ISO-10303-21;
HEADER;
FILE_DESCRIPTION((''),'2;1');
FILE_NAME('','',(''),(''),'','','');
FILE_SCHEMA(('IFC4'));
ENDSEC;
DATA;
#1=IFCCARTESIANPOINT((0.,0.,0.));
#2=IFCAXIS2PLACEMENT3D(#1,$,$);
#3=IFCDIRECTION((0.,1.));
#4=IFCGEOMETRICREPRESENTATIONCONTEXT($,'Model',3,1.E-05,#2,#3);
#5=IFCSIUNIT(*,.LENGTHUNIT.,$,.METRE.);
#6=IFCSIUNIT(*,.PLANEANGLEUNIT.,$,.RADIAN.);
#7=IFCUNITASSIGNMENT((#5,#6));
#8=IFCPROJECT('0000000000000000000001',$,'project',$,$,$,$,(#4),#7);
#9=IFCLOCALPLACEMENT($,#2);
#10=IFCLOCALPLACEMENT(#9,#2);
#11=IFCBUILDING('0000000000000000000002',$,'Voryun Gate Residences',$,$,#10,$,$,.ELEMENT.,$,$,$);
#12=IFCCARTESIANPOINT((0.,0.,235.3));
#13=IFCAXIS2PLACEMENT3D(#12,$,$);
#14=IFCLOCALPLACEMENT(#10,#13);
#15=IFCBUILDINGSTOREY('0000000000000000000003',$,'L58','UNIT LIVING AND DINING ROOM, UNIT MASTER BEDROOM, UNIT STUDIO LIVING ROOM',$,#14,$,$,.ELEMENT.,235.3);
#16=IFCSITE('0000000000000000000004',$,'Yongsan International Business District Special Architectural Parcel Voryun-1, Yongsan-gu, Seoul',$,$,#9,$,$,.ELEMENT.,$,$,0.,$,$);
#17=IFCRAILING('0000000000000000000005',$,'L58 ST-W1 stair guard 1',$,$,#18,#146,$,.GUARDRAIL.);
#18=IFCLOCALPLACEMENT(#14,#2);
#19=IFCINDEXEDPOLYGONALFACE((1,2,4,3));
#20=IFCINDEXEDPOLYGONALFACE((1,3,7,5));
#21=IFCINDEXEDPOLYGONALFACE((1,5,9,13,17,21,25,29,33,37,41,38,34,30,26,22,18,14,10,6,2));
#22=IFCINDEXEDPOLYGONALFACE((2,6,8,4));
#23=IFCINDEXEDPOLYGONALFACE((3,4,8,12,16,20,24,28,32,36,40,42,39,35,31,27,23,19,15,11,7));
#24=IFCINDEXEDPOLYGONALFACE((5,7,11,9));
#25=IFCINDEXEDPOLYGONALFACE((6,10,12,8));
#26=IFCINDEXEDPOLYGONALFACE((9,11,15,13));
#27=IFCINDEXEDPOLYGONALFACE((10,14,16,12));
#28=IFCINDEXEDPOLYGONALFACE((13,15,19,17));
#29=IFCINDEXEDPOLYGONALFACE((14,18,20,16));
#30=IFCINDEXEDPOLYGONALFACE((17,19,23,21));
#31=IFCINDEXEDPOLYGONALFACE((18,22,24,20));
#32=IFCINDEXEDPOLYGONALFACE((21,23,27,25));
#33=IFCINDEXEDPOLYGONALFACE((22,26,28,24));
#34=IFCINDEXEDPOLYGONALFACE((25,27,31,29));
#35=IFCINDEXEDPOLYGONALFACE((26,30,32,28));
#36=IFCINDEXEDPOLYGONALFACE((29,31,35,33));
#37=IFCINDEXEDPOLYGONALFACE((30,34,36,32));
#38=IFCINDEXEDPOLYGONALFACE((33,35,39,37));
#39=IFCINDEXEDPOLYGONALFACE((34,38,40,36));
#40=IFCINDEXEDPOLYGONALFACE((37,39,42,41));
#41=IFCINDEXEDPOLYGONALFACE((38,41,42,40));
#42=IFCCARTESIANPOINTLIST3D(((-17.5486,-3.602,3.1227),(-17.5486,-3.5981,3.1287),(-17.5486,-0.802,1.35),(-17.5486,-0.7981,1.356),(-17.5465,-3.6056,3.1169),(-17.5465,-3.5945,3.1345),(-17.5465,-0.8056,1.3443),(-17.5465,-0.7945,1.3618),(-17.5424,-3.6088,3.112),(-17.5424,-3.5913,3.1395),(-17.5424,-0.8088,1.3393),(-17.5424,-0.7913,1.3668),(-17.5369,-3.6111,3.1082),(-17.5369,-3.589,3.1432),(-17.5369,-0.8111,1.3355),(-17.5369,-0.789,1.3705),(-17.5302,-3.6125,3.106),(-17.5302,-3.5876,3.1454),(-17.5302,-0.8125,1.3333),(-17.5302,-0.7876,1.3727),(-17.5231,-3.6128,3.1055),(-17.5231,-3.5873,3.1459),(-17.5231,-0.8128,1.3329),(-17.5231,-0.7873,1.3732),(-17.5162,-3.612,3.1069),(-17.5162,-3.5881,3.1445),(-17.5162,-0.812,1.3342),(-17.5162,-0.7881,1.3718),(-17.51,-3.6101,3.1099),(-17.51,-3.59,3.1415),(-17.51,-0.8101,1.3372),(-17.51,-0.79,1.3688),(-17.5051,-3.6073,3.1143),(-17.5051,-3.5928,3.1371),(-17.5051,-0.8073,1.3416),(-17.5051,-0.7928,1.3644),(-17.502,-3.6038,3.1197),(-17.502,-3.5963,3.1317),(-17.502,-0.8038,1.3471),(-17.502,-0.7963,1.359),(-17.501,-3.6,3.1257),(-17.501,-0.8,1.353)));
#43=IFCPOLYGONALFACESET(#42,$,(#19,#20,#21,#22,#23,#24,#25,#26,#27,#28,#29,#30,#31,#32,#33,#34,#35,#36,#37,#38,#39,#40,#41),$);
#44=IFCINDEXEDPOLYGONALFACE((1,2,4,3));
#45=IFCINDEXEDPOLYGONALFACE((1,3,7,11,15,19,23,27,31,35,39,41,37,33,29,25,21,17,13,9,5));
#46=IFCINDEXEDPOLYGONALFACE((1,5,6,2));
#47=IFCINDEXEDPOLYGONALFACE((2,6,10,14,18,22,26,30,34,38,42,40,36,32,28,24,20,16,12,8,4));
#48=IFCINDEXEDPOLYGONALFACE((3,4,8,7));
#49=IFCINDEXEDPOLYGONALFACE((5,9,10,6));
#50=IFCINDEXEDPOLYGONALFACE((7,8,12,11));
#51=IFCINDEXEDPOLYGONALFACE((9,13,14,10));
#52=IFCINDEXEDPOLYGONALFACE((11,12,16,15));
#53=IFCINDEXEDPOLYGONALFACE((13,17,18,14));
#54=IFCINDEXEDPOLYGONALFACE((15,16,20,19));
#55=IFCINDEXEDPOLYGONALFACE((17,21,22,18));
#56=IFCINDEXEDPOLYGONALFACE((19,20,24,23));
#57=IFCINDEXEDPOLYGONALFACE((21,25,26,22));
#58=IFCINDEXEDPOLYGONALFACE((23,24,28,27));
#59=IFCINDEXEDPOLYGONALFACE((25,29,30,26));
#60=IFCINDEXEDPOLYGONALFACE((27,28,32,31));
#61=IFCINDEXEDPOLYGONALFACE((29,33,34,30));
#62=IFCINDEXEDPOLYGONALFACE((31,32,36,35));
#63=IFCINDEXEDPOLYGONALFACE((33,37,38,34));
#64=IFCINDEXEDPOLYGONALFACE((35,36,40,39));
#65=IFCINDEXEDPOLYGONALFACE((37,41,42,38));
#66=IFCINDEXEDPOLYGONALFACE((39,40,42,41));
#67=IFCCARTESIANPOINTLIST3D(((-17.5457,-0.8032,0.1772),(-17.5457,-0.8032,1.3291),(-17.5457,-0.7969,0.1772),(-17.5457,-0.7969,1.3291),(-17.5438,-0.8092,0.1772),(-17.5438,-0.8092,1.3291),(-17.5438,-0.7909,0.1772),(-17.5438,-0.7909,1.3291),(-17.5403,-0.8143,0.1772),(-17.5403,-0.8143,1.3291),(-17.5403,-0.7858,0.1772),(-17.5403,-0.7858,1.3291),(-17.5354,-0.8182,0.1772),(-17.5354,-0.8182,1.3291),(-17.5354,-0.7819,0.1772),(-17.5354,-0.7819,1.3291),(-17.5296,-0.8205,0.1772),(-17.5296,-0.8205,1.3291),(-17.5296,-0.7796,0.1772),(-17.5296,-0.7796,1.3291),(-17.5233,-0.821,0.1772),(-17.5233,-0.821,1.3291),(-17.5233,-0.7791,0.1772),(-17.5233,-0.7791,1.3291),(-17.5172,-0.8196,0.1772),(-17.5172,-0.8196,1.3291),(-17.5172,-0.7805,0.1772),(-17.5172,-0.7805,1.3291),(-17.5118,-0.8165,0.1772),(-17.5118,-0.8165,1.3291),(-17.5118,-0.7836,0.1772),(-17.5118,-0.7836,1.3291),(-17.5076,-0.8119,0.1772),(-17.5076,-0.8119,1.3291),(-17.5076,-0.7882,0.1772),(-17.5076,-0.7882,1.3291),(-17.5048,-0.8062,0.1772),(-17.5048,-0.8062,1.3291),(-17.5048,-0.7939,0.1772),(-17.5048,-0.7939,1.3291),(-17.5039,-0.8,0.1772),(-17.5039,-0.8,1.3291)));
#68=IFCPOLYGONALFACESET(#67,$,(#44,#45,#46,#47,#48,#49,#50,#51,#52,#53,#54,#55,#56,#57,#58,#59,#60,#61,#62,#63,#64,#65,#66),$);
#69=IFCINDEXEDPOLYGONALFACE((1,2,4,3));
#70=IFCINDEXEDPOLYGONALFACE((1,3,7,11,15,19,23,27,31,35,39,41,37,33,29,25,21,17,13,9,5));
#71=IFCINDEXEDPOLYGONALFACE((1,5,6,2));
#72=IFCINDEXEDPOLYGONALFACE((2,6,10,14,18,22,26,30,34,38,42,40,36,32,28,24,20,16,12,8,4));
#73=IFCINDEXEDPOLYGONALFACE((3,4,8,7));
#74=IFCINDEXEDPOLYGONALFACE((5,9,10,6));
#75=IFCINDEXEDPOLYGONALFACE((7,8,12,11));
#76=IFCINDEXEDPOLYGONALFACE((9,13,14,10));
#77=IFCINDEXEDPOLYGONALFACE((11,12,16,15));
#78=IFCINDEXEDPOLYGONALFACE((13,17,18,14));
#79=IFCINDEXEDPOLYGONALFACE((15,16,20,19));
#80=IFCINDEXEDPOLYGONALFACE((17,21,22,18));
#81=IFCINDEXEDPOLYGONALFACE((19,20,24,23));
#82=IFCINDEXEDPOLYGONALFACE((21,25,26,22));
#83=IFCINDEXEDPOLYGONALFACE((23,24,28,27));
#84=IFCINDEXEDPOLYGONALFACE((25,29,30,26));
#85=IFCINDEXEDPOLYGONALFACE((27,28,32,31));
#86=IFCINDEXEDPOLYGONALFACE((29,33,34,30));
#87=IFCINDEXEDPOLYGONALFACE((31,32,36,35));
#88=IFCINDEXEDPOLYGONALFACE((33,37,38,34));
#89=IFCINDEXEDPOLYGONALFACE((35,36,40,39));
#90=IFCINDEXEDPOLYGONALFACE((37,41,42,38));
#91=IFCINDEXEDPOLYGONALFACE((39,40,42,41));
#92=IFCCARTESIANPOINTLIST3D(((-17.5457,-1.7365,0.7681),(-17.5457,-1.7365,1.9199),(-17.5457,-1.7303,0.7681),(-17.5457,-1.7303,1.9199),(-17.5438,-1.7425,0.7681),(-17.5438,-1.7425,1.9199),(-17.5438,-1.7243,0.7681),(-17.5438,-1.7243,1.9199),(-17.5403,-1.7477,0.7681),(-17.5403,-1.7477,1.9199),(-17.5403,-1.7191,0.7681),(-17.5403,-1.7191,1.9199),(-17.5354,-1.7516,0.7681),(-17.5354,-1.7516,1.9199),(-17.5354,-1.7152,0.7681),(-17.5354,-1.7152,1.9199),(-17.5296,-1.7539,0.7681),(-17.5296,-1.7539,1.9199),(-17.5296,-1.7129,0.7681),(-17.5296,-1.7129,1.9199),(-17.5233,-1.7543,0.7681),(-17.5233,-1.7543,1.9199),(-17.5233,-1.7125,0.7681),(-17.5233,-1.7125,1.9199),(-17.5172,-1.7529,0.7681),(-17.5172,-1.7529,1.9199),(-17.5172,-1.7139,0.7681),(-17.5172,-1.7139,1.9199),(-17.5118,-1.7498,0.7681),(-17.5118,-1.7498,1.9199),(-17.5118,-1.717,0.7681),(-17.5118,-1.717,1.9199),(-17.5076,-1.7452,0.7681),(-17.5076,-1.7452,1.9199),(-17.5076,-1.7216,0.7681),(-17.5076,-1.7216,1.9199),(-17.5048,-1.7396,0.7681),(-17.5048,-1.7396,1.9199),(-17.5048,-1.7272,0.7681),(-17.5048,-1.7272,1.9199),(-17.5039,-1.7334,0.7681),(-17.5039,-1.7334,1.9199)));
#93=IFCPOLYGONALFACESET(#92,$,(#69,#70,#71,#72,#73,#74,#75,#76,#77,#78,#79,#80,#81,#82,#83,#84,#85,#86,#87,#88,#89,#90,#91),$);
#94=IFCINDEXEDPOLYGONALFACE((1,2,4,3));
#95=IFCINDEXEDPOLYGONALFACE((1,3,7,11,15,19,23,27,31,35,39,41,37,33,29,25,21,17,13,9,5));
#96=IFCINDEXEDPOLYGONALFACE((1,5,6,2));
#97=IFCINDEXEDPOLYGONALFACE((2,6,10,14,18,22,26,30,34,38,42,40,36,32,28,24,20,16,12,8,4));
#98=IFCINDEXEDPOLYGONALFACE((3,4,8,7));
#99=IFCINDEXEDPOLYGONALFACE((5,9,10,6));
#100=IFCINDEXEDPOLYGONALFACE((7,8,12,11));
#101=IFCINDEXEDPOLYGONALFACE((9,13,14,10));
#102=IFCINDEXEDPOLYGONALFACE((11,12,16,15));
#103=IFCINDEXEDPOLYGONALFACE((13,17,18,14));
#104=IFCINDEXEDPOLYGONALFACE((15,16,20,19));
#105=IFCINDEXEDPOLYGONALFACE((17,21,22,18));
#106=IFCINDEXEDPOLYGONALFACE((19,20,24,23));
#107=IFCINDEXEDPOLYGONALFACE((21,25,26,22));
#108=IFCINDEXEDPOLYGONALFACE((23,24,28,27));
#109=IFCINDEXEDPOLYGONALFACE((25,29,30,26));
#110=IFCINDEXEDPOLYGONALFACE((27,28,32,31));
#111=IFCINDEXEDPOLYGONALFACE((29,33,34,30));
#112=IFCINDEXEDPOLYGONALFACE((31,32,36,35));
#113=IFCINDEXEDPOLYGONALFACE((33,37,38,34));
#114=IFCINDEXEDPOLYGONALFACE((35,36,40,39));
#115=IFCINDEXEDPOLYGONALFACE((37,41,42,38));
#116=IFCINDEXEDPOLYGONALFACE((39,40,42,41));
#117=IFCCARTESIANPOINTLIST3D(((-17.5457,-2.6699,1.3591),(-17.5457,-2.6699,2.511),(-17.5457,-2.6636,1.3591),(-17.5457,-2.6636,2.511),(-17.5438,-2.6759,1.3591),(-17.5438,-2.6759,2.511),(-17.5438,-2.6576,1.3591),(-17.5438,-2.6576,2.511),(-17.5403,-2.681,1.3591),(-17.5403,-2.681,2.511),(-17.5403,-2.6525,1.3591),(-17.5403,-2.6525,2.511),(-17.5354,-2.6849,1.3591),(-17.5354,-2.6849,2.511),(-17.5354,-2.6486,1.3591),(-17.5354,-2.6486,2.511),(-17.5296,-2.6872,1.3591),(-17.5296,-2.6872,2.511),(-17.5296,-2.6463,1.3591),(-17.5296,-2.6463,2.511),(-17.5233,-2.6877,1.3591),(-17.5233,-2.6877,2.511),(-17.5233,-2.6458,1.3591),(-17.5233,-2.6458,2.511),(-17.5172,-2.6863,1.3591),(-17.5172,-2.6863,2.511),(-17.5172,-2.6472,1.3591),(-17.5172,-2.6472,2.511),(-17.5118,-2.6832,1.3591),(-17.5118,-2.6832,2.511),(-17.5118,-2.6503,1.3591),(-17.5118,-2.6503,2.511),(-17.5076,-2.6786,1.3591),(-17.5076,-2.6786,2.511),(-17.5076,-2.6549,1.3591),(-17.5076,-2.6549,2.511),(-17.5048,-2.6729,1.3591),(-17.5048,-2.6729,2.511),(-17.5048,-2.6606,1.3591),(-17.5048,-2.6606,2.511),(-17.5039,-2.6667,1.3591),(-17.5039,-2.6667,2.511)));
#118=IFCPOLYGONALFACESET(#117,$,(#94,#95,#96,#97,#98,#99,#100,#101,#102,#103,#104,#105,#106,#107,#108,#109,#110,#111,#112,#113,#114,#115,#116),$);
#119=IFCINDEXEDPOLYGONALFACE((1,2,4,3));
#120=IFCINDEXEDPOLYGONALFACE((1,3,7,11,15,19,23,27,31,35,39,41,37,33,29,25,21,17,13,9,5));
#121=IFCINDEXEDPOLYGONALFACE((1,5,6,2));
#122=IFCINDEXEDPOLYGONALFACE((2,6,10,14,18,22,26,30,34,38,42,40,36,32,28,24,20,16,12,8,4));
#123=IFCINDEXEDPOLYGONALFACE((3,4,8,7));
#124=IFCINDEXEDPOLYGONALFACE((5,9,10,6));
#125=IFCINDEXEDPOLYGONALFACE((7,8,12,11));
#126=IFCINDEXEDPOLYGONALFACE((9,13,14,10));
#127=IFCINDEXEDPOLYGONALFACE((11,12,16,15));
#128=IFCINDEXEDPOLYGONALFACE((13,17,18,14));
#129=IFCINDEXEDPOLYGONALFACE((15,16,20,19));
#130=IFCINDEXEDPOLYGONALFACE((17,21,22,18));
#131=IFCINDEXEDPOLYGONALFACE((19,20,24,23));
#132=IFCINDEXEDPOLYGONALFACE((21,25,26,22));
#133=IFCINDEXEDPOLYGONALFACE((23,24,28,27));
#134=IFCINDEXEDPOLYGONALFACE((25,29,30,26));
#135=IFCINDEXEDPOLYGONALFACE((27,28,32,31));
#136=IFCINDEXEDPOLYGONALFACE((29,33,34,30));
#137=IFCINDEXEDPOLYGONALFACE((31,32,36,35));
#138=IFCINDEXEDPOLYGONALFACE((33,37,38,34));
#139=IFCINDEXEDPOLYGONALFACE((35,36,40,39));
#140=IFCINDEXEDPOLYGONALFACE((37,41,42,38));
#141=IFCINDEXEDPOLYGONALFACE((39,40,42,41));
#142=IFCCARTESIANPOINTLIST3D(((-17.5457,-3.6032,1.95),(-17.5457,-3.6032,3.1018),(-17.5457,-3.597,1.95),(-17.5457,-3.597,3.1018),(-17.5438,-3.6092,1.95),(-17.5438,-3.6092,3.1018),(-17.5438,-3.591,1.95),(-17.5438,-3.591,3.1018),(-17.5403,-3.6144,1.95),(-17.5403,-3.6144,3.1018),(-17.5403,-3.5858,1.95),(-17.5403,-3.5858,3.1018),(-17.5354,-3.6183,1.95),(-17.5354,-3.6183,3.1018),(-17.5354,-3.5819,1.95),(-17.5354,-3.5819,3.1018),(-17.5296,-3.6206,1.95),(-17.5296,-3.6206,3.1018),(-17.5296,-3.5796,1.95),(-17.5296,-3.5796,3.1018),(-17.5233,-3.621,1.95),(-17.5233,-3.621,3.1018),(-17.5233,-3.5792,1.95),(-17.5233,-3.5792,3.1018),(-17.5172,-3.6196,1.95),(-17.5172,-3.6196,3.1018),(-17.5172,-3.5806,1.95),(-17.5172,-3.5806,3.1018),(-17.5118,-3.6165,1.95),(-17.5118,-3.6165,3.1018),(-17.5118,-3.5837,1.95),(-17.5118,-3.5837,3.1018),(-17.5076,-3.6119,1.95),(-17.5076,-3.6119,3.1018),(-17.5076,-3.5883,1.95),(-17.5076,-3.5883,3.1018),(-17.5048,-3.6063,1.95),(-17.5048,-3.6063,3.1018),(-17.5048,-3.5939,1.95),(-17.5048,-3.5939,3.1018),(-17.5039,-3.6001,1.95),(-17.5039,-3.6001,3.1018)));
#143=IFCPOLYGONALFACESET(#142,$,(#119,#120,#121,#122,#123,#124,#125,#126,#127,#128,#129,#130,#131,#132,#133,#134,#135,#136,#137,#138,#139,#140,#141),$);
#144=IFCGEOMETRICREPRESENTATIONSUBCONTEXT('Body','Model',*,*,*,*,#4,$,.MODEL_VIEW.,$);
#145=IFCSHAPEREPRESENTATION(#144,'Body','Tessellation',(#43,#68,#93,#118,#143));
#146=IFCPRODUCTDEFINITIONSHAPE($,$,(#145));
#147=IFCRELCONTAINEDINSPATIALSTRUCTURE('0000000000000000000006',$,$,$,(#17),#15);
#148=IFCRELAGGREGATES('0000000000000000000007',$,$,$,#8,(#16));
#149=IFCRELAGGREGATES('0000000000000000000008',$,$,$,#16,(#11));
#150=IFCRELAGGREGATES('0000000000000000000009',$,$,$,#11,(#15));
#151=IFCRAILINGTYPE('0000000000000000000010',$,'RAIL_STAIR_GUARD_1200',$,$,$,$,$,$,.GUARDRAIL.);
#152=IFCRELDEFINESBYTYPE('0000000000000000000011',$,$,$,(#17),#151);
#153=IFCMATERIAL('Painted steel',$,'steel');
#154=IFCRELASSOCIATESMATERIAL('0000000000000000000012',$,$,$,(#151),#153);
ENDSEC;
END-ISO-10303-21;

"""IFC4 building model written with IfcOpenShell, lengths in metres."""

from ifc_helpers import new_model, si_unit, direction, frame, origin, origin_2d, place, context, subcontext, project, spatial, circle, extrude, material, type_object, element, save


model = new_model("IFC4")

# Units and contexts
model_context = context("Model", 3, precision=1e-05, world=origin(), true_north=direction((0.0, 1.0)))
body_context = subcontext(model_context, "Body", "Model", "MODEL_VIEW")
ifc_project = project(units=[si_unit("LENGTHUNIT", "METRE"), si_unit("PLANEANGLEUNIT", "RADIAN")], contexts=[model_context])

# Site, building, storey
site_placement = place(None, origin())
site = spatial("IfcSite", under=ifc_project, at=site_placement, Name="Yongsan International Business District Special Architectural Parcel Voryun-1, Yongsan-gu, Seoul", CompositionType="ELEMENT", RefElevation=0.0)
building_placement = place(site_placement, origin())
building = spatial("IfcBuilding", under=site, at=building_placement, Name="Voryun Gate Residences", CompositionType="ELEMENT")
storey_placement = place(building_placement, frame((0.0, 0.0, 235.3)))
storey = spatial("IfcBuildingStorey", under=building, at=storey_placement, Name="L58", Description="UNIT LIVING AND DINING ROOM, UNIT MASTER BEDROOM, UNIT STUDIO LIVING ROOM", CompositionType="ELEMENT", Elevation=235.3)

# Railing
ifc_material_1 = material(Name="Painted steel", Category="steel")
railing_type_1 = type_object("IfcRailingType", Name="RAIL_STAIR_GUARD_1200", PredefinedType="GUARDRAIL", material=ifc_material_1)
railing_1_placement = place(storey_placement, frame((-17.5249, -0.8, 0.1772)))
element("IfcRailing", 1, at=railing_1_placement, inside=storey, type_object=railing_type_1, Name="L58 ST-W1 stair guard 1", PredefinedType="GUARDRAIL", context=body_context, shape_type="SweptSolid", body=[
    extrude(circle(Radius=0.0239, at=origin_2d()), frame((0.0, 0.0, 1.1758), z_axis=(0.0, -0.844909, 0.53491), x_axis=(1.0, 0.0, 0.0)), (0.0, 0.0, 1.0), 3.314),
    extrude(circle(Radius=0.021, at=origin_2d()), origin(), (0.0, 0.0, 1.0), 1.1519),
    extrude(circle(Radius=0.021, at=origin_2d()), frame((0.0, -0.9333, 0.5908)), (0.0, 0.0, 1.0), 1.1519),
    extrude(circle(Radius=0.021, at=origin_2d()), frame((0.0, -1.8667, 1.1819)), (0.0, 0.0, 1.0), 1.1519),
    extrude(circle(Radius=0.021, at=origin_2d()), frame((0.0, -2.8, 1.7727)), (0.0, 0.0, 1.0), 1.1519),
])

save(model, "model.ifc")
